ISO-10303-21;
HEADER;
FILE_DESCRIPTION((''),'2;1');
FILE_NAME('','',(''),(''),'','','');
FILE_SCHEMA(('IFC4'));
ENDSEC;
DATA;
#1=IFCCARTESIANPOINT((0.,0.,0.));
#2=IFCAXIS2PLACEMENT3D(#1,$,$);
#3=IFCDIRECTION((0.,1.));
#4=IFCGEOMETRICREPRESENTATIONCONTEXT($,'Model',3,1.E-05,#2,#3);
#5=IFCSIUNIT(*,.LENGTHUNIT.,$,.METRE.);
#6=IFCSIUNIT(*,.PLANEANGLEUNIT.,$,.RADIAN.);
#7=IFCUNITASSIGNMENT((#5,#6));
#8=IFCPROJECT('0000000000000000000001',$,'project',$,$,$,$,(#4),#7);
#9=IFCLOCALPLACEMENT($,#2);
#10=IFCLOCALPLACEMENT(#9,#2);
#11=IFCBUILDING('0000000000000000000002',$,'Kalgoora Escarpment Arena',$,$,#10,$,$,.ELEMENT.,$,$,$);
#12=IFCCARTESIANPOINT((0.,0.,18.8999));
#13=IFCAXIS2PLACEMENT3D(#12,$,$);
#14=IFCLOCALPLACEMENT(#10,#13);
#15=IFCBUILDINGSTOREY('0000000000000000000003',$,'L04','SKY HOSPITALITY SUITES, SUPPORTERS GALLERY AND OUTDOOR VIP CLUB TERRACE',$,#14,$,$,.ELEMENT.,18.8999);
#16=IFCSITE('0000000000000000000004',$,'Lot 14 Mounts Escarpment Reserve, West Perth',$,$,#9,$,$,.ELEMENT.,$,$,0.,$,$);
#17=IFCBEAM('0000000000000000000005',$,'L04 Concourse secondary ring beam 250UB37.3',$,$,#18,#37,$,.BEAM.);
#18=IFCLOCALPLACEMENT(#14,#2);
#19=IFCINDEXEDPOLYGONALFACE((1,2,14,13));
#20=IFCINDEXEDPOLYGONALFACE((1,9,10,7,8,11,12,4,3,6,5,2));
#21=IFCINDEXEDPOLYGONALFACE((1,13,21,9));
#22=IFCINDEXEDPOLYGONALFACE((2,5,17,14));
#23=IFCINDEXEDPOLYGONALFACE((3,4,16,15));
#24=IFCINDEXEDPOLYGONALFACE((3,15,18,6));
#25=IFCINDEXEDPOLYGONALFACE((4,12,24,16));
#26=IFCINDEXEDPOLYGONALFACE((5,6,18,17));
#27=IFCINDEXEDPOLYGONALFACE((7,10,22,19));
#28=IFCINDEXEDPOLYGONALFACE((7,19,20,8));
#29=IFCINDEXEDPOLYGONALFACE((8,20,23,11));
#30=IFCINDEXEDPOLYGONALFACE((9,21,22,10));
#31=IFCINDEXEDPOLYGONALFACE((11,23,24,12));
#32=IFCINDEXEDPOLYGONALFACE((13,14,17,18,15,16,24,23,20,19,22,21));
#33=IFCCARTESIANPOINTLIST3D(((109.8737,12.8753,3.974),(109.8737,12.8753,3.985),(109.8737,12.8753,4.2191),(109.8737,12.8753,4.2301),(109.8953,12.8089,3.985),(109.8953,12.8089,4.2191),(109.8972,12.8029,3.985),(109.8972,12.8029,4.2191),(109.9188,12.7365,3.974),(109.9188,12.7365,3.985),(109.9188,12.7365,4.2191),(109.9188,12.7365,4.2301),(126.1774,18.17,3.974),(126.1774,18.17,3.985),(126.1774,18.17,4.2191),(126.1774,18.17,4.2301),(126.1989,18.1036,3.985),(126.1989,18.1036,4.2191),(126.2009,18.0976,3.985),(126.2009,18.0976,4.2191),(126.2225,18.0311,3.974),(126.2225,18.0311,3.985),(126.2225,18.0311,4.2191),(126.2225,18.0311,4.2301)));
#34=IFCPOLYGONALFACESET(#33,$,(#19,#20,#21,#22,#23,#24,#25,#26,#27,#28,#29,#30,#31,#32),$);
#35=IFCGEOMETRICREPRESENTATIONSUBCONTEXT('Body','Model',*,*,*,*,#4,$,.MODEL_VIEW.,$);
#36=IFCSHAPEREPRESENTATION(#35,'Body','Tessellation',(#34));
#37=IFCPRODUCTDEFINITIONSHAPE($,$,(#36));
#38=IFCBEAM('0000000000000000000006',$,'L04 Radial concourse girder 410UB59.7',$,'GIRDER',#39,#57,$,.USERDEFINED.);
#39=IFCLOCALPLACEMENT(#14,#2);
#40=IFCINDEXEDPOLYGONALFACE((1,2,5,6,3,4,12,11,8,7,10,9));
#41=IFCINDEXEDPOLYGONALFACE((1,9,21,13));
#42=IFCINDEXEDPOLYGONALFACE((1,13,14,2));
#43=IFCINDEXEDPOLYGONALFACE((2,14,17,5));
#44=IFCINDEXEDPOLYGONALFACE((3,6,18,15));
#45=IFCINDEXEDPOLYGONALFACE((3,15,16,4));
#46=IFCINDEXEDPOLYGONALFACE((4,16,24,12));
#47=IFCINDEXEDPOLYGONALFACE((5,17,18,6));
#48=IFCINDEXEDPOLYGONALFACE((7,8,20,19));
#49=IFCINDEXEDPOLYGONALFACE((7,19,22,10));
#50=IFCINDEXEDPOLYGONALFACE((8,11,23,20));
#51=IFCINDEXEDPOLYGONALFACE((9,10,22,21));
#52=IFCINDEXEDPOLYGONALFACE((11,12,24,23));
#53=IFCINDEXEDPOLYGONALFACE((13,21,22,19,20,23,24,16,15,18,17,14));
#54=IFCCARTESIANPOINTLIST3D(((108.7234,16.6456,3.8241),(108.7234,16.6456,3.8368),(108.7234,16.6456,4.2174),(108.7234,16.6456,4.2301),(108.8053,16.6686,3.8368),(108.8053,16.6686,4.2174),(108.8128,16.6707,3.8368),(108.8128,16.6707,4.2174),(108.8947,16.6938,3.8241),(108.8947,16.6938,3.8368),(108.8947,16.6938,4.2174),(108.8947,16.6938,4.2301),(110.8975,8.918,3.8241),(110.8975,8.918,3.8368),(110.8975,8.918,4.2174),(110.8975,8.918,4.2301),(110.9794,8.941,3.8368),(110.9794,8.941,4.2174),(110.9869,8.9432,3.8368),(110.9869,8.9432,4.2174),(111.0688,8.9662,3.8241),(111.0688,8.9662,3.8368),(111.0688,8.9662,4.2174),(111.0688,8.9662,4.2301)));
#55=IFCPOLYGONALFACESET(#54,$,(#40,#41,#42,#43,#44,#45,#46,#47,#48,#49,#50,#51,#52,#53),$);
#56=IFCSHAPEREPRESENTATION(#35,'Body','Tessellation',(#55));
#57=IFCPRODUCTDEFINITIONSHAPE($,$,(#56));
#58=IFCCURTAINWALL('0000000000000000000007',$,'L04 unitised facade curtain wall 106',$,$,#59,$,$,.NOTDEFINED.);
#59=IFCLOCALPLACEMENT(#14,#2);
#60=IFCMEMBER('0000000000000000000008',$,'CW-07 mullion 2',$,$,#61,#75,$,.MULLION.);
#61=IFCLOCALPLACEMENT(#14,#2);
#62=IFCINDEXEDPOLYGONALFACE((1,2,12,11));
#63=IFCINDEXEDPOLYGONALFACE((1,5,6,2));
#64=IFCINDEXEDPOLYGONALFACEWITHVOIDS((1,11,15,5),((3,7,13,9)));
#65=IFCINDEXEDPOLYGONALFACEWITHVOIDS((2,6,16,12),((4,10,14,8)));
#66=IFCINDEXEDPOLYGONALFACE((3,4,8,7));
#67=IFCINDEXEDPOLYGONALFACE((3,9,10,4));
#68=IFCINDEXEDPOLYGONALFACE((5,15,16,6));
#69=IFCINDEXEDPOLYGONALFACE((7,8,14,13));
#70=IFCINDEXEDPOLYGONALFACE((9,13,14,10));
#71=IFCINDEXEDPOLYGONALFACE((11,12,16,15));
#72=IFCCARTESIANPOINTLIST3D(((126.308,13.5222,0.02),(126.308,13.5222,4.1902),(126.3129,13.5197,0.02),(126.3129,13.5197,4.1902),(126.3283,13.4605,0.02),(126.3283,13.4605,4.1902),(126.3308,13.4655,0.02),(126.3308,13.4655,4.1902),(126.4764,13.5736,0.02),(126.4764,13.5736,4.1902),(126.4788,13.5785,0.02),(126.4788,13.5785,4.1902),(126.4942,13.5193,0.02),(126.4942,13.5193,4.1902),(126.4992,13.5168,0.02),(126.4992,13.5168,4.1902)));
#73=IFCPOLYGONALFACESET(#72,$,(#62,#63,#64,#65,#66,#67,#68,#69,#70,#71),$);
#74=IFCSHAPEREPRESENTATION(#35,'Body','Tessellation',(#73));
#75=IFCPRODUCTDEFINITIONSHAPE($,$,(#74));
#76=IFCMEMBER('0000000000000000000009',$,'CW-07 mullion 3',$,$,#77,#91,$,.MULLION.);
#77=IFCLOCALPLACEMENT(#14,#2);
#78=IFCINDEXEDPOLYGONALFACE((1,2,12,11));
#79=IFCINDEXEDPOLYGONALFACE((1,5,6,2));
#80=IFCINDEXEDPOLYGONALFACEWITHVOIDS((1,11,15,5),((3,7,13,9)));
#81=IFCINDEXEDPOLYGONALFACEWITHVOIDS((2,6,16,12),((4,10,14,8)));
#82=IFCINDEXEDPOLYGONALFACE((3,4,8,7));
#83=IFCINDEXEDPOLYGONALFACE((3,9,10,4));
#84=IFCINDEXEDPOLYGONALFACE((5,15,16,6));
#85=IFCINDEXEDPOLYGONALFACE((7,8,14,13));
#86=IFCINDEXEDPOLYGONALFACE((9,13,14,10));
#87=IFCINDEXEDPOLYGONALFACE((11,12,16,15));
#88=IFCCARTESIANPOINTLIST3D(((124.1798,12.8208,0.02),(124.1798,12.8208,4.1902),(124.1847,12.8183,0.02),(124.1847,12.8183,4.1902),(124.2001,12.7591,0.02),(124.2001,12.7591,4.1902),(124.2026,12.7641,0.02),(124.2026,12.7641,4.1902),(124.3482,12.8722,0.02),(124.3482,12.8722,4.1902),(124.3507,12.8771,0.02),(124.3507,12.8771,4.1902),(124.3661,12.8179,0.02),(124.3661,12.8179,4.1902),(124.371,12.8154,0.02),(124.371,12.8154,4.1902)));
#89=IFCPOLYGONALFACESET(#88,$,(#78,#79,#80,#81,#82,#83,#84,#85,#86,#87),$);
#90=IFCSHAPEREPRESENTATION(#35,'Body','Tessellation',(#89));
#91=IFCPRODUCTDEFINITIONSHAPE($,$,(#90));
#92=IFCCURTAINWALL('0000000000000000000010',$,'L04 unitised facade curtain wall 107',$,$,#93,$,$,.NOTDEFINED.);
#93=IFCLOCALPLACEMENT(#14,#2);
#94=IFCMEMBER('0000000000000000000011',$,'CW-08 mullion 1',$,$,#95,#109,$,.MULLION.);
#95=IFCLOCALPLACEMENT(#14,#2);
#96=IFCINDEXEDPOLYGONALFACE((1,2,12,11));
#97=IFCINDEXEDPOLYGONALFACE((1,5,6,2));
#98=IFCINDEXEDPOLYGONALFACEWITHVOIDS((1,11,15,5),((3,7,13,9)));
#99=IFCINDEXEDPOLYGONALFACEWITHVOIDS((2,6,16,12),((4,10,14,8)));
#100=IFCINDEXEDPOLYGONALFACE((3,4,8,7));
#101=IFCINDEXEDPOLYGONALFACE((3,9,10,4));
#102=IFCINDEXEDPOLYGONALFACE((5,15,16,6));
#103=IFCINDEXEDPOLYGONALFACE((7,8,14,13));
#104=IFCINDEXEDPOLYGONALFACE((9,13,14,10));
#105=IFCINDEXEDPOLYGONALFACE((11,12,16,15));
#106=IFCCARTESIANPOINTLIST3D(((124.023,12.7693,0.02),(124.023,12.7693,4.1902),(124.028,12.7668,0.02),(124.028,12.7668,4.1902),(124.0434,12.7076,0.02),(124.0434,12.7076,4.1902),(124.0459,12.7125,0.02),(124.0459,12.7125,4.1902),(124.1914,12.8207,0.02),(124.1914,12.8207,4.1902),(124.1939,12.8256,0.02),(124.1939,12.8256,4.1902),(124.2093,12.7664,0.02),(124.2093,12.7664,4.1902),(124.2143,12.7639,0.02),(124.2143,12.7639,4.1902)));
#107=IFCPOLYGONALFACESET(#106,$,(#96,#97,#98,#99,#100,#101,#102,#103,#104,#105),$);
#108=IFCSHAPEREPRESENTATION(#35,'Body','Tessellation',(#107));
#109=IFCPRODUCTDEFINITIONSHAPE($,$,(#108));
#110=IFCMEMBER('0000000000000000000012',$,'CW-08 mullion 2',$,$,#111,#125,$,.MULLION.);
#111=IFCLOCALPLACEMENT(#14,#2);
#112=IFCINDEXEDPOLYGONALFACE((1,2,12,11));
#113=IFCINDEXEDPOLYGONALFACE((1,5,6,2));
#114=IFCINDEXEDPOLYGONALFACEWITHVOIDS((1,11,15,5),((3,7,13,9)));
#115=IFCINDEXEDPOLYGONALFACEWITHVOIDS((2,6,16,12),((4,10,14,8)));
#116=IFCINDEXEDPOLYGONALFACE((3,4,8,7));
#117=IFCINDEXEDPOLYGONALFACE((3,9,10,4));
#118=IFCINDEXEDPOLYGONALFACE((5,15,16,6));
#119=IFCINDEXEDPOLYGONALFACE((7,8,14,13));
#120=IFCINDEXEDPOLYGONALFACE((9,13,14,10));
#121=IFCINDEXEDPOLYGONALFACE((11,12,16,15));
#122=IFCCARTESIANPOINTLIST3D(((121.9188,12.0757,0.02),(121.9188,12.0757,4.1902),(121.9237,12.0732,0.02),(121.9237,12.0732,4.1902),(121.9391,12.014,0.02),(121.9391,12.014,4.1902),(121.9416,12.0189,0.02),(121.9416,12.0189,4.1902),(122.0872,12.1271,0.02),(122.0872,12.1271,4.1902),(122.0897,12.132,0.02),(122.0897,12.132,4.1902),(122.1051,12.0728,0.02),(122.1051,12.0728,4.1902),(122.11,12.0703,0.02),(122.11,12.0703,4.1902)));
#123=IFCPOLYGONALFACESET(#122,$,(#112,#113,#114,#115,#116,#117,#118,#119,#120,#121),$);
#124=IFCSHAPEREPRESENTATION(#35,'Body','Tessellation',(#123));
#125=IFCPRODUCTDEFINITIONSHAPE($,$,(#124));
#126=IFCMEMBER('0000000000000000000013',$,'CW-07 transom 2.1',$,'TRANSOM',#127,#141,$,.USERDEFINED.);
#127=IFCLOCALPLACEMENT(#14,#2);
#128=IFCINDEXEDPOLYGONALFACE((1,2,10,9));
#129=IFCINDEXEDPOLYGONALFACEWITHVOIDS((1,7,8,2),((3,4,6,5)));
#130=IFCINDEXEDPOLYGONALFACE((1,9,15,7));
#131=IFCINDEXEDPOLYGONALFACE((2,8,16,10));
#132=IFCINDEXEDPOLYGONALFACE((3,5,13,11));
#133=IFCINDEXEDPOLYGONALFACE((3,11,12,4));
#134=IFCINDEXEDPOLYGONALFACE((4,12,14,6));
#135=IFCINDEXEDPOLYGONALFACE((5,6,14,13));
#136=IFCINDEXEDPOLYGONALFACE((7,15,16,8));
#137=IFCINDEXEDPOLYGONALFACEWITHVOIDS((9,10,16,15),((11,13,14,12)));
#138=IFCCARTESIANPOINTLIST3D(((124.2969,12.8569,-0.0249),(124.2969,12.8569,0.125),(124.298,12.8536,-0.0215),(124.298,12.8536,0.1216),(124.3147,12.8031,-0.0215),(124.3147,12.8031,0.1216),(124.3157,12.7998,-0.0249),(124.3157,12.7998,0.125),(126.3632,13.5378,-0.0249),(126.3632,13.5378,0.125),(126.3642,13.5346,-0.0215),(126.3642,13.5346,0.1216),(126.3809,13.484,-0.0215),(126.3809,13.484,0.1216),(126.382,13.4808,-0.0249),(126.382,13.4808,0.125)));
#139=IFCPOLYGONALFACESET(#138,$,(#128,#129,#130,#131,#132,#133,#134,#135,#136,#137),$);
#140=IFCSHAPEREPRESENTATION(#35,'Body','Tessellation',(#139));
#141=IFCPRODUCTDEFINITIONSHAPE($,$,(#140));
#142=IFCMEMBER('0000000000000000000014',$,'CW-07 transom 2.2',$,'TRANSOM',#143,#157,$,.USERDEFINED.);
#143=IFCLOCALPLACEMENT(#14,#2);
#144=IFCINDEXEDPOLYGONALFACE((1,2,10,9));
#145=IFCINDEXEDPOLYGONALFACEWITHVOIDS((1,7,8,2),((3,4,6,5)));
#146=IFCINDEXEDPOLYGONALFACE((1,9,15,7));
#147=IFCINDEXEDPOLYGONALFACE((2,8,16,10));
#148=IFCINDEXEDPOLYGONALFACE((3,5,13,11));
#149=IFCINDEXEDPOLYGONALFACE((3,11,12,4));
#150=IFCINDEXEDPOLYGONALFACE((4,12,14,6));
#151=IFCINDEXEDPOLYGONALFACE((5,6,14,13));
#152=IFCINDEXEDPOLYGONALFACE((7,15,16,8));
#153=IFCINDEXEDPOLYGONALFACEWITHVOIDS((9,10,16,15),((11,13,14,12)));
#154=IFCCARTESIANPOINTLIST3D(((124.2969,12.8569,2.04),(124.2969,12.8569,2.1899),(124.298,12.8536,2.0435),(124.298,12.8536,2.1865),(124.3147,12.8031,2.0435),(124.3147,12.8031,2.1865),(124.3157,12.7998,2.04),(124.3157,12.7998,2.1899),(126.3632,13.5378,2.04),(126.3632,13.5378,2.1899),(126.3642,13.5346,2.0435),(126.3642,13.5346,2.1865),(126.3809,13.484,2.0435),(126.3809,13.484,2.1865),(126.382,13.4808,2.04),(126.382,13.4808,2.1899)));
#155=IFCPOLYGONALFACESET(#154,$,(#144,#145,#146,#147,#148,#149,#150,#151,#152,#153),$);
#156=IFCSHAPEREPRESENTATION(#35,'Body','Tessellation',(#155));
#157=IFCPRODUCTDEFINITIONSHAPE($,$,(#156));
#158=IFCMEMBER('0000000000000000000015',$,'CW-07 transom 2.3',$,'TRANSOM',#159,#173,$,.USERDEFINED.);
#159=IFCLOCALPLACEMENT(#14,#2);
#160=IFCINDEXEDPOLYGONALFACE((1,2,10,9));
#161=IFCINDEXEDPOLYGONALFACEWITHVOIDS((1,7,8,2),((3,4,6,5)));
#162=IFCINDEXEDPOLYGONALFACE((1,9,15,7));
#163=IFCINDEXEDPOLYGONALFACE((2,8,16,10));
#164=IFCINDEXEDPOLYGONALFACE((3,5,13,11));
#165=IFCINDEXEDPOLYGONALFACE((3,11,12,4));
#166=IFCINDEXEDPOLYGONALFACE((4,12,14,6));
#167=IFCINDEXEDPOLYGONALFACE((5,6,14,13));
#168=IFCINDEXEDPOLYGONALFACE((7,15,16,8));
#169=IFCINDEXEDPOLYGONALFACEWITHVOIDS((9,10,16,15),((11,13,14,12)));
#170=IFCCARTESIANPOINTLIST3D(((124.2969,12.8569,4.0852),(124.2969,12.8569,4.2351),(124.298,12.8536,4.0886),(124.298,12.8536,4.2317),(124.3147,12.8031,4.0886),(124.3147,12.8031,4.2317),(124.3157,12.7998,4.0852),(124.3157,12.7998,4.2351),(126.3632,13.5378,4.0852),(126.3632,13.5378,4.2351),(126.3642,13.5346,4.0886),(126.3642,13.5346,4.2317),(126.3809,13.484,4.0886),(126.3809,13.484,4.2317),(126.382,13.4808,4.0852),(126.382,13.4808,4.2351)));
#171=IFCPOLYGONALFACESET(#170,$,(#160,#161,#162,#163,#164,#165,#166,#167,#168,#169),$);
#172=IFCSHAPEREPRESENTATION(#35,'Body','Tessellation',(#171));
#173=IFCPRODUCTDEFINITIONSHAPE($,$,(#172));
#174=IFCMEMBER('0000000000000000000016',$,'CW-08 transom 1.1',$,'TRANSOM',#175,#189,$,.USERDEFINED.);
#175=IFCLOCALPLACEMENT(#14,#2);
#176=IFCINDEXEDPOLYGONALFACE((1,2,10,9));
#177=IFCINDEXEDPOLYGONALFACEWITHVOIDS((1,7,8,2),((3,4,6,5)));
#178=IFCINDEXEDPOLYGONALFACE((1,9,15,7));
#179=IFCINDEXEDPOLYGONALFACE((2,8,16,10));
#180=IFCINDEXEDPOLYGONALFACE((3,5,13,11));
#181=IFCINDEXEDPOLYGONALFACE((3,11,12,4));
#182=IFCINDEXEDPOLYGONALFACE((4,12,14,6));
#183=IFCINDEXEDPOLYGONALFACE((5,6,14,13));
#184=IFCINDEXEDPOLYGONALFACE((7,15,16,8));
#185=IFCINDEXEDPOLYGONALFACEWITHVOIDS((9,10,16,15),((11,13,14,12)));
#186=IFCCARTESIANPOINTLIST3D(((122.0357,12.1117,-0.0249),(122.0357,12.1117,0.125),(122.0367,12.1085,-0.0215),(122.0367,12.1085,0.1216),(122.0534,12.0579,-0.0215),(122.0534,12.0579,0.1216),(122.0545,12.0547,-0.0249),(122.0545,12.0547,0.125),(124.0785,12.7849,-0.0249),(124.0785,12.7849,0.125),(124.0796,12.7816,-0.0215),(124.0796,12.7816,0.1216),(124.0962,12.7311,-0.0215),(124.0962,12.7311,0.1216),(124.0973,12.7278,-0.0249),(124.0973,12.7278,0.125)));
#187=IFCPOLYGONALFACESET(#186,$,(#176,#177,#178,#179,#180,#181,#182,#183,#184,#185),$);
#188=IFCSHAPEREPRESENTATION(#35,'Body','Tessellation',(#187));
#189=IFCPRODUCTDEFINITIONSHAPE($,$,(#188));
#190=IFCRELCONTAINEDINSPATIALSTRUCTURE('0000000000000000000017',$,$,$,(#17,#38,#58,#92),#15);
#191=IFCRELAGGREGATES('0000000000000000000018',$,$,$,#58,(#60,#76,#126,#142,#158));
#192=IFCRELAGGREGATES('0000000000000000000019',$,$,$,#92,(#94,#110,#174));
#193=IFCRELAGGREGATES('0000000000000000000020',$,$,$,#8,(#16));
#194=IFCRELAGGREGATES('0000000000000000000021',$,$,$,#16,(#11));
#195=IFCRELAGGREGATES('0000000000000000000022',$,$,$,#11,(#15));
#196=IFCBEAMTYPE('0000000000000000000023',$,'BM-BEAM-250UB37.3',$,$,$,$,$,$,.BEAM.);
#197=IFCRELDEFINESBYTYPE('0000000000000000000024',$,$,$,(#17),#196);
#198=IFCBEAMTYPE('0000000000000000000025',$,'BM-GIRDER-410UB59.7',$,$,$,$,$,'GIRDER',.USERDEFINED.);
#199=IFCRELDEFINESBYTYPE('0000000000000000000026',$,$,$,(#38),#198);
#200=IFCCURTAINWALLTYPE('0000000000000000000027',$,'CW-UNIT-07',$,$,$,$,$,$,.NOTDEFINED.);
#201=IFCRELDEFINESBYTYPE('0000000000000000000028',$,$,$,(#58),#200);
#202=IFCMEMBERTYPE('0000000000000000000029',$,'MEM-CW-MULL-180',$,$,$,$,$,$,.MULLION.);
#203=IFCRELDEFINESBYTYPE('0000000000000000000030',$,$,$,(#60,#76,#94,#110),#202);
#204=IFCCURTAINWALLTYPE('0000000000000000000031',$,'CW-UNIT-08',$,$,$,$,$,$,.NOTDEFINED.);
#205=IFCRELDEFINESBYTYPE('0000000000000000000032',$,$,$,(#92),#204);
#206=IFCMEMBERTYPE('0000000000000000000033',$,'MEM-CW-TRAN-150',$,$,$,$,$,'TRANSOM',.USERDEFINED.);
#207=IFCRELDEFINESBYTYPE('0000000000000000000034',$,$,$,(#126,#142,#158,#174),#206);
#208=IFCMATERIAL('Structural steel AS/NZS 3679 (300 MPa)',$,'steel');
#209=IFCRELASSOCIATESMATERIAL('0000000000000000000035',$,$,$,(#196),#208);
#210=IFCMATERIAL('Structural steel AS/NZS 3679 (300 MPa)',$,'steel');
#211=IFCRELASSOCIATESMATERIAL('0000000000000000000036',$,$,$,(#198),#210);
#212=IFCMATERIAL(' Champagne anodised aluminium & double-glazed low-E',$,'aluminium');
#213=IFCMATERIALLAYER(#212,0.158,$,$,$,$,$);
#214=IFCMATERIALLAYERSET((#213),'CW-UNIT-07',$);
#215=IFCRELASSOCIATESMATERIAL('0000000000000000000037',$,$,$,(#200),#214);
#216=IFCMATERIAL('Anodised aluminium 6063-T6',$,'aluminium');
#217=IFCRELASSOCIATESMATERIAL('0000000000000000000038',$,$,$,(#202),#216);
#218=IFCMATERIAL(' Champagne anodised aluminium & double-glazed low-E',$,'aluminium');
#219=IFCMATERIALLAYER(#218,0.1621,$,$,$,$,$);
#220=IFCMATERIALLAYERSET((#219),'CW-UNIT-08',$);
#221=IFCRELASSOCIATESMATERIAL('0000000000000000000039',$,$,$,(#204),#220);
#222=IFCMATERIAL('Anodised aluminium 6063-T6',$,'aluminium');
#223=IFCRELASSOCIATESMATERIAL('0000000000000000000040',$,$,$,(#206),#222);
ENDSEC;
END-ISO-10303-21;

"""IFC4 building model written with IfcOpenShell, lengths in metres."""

from ifc_helpers import new_model, si_unit, direction, frame, origin, origin_2d, place, context, subcontext, project, spatial, hollow_rectangle, i_section, extrude, material, layer, layer_set, material_profile, profile_set, type_object, element, aggregate, save


model = new_model("IFC4")

# Units and contexts
model_context = context("Model", 3, precision=1e-05, world=origin(), true_north=direction((0.0, 1.0)))
body_context = subcontext(model_context, "Body", "Model", "MODEL_VIEW")
ifc_project = project(units=[si_unit("LENGTHUNIT", "METRE"), si_unit("PLANEANGLEUNIT", "RADIAN")], contexts=[model_context])

# Site, building, storey
site_placement = place(None, origin())
site = spatial("IfcSite", under=ifc_project, at=site_placement, Name="Lot 14 Mounts Escarpment Reserve, West Perth", CompositionType="ELEMENT", RefElevation=0.0)
building_placement = place(site_placement, origin())
building = spatial("IfcBuilding", under=site, at=building_placement, Name="Kalgoora Escarpment Arena", CompositionType="ELEMENT")
storey_placement = place(building_placement, frame((0.0, 0.0, 18.8999)))
storey = spatial("IfcBuildingStorey", under=building, at=storey_placement, Name="L04", Description="SKY HOSPITALITY SUITES, SUPPORTERS GALLERY AND OUTDOOR VIP CLUB TERRACE", CompositionType="ELEMENT", Elevation=18.8999)

# Beams
ifc_material_1 = material(Name="Structural steel AS/NZS 3679 (300 MPa)", Category="steel")
ifc_material_profile_1 = material_profile(ifc_material_1, i_section(OverallWidth=0.146, OverallDepth=0.2561, WebThickness=0.0063, FlangeThickness=0.011, at=origin_2d()))
ifc_profile_set_1 = profile_set([ifc_material_profile_1], Name="Structural steel AS/NZS 3679 (300 MPa)")
beam_type_1 = type_object("IfcBeamType", Name="BM-BEAM-250UB37.3", PredefinedType="BEAM", material=ifc_profile_set_1)
beam_1_placement = place(storey_placement, frame((109.8962, 12.8059, 4.1021), z_axis=(0.951103, 0.308874, 0.0), x_axis=(-0.308874, 0.951103, 0.0)))
element("IfcBeam", 1, at=beam_1_placement, inside=storey, type_object=beam_type_1, Name="L04 Concourse secondary ring beam 250UB37.3", PredefinedType="BEAM", context=body_context, shape_type="SweptSolid", body=[
    extrude(i_section(OverallWidth=0.146, OverallDepth=0.2561, WebThickness=0.0063, FlangeThickness=0.011, at=origin_2d()), origin(), (0.0, 0.0, 1.0), 17.1418),
])
ifc_material_2 = material(Name="Structural steel AS/NZS 3679 (300 MPa)", Category="steel")
ifc_material_profile_2 = material_profile(ifc_material_2, i_section(OverallWidth=0.178, OverallDepth=0.406, WebThickness=0.0078, FlangeThickness=0.0127, at=origin_2d()))
ifc_profile_set_2 = profile_set([ifc_material_profile_2], Name="Structural steel AS/NZS 3679 (300 MPa)")
beam_type_2 = type_object("IfcBeamType", Name="BM-GIRDER-410UB59.7", ElementType="GIRDER", PredefinedType="USERDEFINED", material=ifc_profile_set_2)
beam_2_placement = place(storey_placement, frame((108.8091, 16.6697, 4.0271), z_axis=(0.270827, -0.962628, 0.0), x_axis=(0.962628, 0.270827, 0.0)))
element("IfcBeam", 2, at=beam_2_placement, inside=storey, type_object=beam_type_2, Name="L04 Radial concourse girder 410UB59.7", ObjectType="GIRDER", PredefinedType="USERDEFINED", context=body_context, shape_type="SweptSolid", body=[
    extrude(i_section(OverallWidth=0.178, OverallDepth=0.406, WebThickness=0.0078, FlangeThickness=0.0127, at=origin_2d()), origin(), (0.0, 0.0, 1.0), 8.0276),
])

# Curtain walls, members
ifc_material_3 = material(Name=" Champagne anodised aluminium & double-glazed low-E", Category="aluminium")
ifc_layer_1 = layer(ifc_material_3, 0.158)
ifc_layer_set_1 = layer_set([ifc_layer_1], Name="CW-UNIT-07")
curtain_wall_type_1 = type_object("IfcCurtainWallType", Name="CW-UNIT-07", PredefinedType="NOTDEFINED", material=ifc_layer_set_1)
curtain_wall_1_placement = place(storey_placement, origin())
curtain_wall_1 = element("IfcCurtainWall", 3, at=curtain_wall_1_placement, inside=storey, type_object=curtain_wall_type_1, Name="L04 unitised facade curtain wall 106", PredefinedType="NOTDEFINED")
ifc_material_4 = material(Name="Anodised aluminium 6063-T6", Category="aluminium")
ifc_material_profile_3 = material_profile(ifc_material_4, hollow_rectangle(XDim=0.0649, YDim=0.1799, WallThickness=0.0039, at=origin_2d()))
ifc_profile_set_3 = profile_set([ifc_material_profile_3], Name="Anodised aluminium 6063-T6")
member_type_1 = type_object("IfcMemberType", Name="MEM-CW-MULL-180", PredefinedType="MULLION", material=ifc_profile_set_3)
member_1_placement = place(storey_placement, frame((126.4036, 13.5195, 0.02), z_axis=(0.0, 0.0, 1.0), x_axis=(0.312986, -0.949758, 0.0)))
member_1 = element("IfcMember", 4, at=member_1_placement, type_object=member_type_1, Name="CW-07 mullion 2", PredefinedType="MULLION", context=body_context, shape_type="SweptSolid", body=[
    extrude(hollow_rectangle(XDim=0.0649, YDim=0.1799, WallThickness=0.0039, at=origin_2d()), origin(), (0.0, 0.0, 1.0), 4.1702),
])
member_2_placement = place(storey_placement, frame((124.2754, 12.8181, 0.02), z_axis=(0.0, 0.0, 1.0), x_axis=(0.312986, -0.949758, 0.0)))
member_2 = element("IfcMember", 5, at=member_2_placement, type_object=member_type_1, Name="CW-07 mullion 3", PredefinedType="MULLION", context=body_context, shape_type="SweptSolid", body=[
    extrude(hollow_rectangle(XDim=0.0649, YDim=0.1799, WallThickness=0.0039, at=origin_2d()), origin(), (0.0, 0.0, 1.0), 4.1702),
])
ifc_material_5 = material(Name=" Champagne anodised aluminium & double-glazed low-E", Category="aluminium")
ifc_layer_2 = layer(ifc_material_5, 0.1621)
ifc_layer_set_2 = layer_set([ifc_layer_2], Name="CW-UNIT-08")
curtain_wall_type_2 = type_object("IfcCurtainWallType", Name="CW-UNIT-08", PredefinedType="NOTDEFINED", material=ifc_layer_set_2)
curtain_wall_2_placement = place(storey_placement, origin())
curtain_wall_2 = element("IfcCurtainWall", 6, at=curtain_wall_2_placement, inside=storey, type_object=curtain_wall_type_2, Name="L04 unitised facade curtain wall 107", PredefinedType="NOTDEFINED")
member_3_placement = place(storey_placement, frame((124.1187, 12.7666, 0.02), z_axis=(0.0, 0.0, 1.0), x_axis=(0.31299, -0.949756, 0.0)))
member_3 = element("IfcMember", 7, at=member_3_placement, type_object=member_type_1, Name="CW-08 mullion 1", PredefinedType="MULLION", context=body_context, shape_type="SweptSolid", body=[
    extrude(hollow_rectangle(XDim=0.0649, YDim=0.1799, WallThickness=0.0039, at=origin_2d()), origin(), (0.0, 0.0, 1.0), 4.1702),
])
member_4_placement = place(storey_placement, frame((122.0144, 12.073, 0.02), z_axis=(0.0, 0.0, 1.0), x_axis=(0.31299, -0.949756, 0.0)))
member_4 = element("IfcMember", 8, at=member_4_placement, type_object=member_type_1, Name="CW-08 mullion 2", PredefinedType="MULLION", context=body_context, shape_type="SweptSolid", body=[
    extrude(hollow_rectangle(XDim=0.0649, YDim=0.1799, WallThickness=0.0039, at=origin_2d()), origin(), (0.0, 0.0, 1.0), 4.1702),
])

# Members
ifc_material_6 = material(Name="Anodised aluminium 6063-T6", Category="aluminium")
ifc_material_profile_4 = material_profile(ifc_material_6, hollow_rectangle(XDim=0.0601, YDim=0.1499, WallThickness=0.0034, at=origin_2d()))
ifc_profile_set_4 = profile_set([ifc_material_profile_4], Name="Anodised aluminium 6063-T6")
member_type_2 = type_object("IfcMemberType", Name="MEM-CW-TRAN-150", ElementType="TRANSOM", PredefinedType="USERDEFINED", material=ifc_profile_set_4)
member_5_placement = place(storey_placement, frame((126.3726, 13.5093, 0.05), z_axis=(-0.949755, -0.312994, 0.0), x_axis=(0.312994, -0.949755, 0.0)))
member_5 = element("IfcMember", 9, at=member_5_placement, type_object=member_type_2, Name="CW-07 transom 2.1", ObjectType="TRANSOM", PredefinedType="USERDEFINED", context=body_context, shape_type="SweptSolid", body=[
    extrude(hollow_rectangle(XDim=0.0601, YDim=0.1499, WallThickness=0.0034, at=origin_2d()), origin(), (0.0, 0.0, 1.0), 2.1755),
])
member_6_placement = place(storey_placement, frame((126.3726, 13.5093, 2.115), z_axis=(-0.949755, -0.312994, 0.0), x_axis=(0.312994, -0.949755, 0.0)))
member_6 = element("IfcMember", 10, at=member_6_placement, type_object=member_type_2, Name="CW-07 transom 2.2", ObjectType="TRANSOM", PredefinedType="USERDEFINED", context=body_context, shape_type="SweptSolid", body=[
    extrude(hollow_rectangle(XDim=0.0601, YDim=0.1499, WallThickness=0.0034, at=origin_2d()), origin(), (0.0, 0.0, 1.0), 2.1755),
])
member_7_placement = place(storey_placement, frame((126.3726, 13.5093, 4.1602), z_axis=(-0.949755, -0.312994, 0.0), x_axis=(0.312994, -0.949755, 0.0)))
member_7 = element("IfcMember", 11, at=member_7_placement, type_object=member_type_2, Name="CW-07 transom 2.3", ObjectType="TRANSOM", PredefinedType="USERDEFINED", context=body_context, shape_type="SweptSolid", body=[
    extrude(hollow_rectangle(XDim=0.0601, YDim=0.1499, WallThickness=0.0034, at=origin_2d()), origin(), (0.0, 0.0, 1.0), 2.1755),
])
member_8_placement = place(storey_placement, frame((124.0879, 12.7563, 0.05), z_axis=(-0.949767, -0.312957, 0.0), x_axis=(0.312957, -0.949767, 0.0)))
member_8 = element("IfcMember", 12, at=member_8_placement, type_object=member_type_2, Name="CW-08 transom 1.1", ObjectType="TRANSOM", PredefinedType="USERDEFINED", context=body_context, shape_type="SweptSolid", body=[
    extrude(hollow_rectangle(XDim=0.0601, YDim=0.1499, WallThickness=0.0034, at=origin_2d()), origin(), (0.0, 0.0, 1.0), 2.1509),
])

aggregate(curtain_wall_1, [member_1, member_2, member_5, member_6, member_7])
aggregate(curtain_wall_2, [member_3, member_4, member_8])

save(model, "model.ifc")
